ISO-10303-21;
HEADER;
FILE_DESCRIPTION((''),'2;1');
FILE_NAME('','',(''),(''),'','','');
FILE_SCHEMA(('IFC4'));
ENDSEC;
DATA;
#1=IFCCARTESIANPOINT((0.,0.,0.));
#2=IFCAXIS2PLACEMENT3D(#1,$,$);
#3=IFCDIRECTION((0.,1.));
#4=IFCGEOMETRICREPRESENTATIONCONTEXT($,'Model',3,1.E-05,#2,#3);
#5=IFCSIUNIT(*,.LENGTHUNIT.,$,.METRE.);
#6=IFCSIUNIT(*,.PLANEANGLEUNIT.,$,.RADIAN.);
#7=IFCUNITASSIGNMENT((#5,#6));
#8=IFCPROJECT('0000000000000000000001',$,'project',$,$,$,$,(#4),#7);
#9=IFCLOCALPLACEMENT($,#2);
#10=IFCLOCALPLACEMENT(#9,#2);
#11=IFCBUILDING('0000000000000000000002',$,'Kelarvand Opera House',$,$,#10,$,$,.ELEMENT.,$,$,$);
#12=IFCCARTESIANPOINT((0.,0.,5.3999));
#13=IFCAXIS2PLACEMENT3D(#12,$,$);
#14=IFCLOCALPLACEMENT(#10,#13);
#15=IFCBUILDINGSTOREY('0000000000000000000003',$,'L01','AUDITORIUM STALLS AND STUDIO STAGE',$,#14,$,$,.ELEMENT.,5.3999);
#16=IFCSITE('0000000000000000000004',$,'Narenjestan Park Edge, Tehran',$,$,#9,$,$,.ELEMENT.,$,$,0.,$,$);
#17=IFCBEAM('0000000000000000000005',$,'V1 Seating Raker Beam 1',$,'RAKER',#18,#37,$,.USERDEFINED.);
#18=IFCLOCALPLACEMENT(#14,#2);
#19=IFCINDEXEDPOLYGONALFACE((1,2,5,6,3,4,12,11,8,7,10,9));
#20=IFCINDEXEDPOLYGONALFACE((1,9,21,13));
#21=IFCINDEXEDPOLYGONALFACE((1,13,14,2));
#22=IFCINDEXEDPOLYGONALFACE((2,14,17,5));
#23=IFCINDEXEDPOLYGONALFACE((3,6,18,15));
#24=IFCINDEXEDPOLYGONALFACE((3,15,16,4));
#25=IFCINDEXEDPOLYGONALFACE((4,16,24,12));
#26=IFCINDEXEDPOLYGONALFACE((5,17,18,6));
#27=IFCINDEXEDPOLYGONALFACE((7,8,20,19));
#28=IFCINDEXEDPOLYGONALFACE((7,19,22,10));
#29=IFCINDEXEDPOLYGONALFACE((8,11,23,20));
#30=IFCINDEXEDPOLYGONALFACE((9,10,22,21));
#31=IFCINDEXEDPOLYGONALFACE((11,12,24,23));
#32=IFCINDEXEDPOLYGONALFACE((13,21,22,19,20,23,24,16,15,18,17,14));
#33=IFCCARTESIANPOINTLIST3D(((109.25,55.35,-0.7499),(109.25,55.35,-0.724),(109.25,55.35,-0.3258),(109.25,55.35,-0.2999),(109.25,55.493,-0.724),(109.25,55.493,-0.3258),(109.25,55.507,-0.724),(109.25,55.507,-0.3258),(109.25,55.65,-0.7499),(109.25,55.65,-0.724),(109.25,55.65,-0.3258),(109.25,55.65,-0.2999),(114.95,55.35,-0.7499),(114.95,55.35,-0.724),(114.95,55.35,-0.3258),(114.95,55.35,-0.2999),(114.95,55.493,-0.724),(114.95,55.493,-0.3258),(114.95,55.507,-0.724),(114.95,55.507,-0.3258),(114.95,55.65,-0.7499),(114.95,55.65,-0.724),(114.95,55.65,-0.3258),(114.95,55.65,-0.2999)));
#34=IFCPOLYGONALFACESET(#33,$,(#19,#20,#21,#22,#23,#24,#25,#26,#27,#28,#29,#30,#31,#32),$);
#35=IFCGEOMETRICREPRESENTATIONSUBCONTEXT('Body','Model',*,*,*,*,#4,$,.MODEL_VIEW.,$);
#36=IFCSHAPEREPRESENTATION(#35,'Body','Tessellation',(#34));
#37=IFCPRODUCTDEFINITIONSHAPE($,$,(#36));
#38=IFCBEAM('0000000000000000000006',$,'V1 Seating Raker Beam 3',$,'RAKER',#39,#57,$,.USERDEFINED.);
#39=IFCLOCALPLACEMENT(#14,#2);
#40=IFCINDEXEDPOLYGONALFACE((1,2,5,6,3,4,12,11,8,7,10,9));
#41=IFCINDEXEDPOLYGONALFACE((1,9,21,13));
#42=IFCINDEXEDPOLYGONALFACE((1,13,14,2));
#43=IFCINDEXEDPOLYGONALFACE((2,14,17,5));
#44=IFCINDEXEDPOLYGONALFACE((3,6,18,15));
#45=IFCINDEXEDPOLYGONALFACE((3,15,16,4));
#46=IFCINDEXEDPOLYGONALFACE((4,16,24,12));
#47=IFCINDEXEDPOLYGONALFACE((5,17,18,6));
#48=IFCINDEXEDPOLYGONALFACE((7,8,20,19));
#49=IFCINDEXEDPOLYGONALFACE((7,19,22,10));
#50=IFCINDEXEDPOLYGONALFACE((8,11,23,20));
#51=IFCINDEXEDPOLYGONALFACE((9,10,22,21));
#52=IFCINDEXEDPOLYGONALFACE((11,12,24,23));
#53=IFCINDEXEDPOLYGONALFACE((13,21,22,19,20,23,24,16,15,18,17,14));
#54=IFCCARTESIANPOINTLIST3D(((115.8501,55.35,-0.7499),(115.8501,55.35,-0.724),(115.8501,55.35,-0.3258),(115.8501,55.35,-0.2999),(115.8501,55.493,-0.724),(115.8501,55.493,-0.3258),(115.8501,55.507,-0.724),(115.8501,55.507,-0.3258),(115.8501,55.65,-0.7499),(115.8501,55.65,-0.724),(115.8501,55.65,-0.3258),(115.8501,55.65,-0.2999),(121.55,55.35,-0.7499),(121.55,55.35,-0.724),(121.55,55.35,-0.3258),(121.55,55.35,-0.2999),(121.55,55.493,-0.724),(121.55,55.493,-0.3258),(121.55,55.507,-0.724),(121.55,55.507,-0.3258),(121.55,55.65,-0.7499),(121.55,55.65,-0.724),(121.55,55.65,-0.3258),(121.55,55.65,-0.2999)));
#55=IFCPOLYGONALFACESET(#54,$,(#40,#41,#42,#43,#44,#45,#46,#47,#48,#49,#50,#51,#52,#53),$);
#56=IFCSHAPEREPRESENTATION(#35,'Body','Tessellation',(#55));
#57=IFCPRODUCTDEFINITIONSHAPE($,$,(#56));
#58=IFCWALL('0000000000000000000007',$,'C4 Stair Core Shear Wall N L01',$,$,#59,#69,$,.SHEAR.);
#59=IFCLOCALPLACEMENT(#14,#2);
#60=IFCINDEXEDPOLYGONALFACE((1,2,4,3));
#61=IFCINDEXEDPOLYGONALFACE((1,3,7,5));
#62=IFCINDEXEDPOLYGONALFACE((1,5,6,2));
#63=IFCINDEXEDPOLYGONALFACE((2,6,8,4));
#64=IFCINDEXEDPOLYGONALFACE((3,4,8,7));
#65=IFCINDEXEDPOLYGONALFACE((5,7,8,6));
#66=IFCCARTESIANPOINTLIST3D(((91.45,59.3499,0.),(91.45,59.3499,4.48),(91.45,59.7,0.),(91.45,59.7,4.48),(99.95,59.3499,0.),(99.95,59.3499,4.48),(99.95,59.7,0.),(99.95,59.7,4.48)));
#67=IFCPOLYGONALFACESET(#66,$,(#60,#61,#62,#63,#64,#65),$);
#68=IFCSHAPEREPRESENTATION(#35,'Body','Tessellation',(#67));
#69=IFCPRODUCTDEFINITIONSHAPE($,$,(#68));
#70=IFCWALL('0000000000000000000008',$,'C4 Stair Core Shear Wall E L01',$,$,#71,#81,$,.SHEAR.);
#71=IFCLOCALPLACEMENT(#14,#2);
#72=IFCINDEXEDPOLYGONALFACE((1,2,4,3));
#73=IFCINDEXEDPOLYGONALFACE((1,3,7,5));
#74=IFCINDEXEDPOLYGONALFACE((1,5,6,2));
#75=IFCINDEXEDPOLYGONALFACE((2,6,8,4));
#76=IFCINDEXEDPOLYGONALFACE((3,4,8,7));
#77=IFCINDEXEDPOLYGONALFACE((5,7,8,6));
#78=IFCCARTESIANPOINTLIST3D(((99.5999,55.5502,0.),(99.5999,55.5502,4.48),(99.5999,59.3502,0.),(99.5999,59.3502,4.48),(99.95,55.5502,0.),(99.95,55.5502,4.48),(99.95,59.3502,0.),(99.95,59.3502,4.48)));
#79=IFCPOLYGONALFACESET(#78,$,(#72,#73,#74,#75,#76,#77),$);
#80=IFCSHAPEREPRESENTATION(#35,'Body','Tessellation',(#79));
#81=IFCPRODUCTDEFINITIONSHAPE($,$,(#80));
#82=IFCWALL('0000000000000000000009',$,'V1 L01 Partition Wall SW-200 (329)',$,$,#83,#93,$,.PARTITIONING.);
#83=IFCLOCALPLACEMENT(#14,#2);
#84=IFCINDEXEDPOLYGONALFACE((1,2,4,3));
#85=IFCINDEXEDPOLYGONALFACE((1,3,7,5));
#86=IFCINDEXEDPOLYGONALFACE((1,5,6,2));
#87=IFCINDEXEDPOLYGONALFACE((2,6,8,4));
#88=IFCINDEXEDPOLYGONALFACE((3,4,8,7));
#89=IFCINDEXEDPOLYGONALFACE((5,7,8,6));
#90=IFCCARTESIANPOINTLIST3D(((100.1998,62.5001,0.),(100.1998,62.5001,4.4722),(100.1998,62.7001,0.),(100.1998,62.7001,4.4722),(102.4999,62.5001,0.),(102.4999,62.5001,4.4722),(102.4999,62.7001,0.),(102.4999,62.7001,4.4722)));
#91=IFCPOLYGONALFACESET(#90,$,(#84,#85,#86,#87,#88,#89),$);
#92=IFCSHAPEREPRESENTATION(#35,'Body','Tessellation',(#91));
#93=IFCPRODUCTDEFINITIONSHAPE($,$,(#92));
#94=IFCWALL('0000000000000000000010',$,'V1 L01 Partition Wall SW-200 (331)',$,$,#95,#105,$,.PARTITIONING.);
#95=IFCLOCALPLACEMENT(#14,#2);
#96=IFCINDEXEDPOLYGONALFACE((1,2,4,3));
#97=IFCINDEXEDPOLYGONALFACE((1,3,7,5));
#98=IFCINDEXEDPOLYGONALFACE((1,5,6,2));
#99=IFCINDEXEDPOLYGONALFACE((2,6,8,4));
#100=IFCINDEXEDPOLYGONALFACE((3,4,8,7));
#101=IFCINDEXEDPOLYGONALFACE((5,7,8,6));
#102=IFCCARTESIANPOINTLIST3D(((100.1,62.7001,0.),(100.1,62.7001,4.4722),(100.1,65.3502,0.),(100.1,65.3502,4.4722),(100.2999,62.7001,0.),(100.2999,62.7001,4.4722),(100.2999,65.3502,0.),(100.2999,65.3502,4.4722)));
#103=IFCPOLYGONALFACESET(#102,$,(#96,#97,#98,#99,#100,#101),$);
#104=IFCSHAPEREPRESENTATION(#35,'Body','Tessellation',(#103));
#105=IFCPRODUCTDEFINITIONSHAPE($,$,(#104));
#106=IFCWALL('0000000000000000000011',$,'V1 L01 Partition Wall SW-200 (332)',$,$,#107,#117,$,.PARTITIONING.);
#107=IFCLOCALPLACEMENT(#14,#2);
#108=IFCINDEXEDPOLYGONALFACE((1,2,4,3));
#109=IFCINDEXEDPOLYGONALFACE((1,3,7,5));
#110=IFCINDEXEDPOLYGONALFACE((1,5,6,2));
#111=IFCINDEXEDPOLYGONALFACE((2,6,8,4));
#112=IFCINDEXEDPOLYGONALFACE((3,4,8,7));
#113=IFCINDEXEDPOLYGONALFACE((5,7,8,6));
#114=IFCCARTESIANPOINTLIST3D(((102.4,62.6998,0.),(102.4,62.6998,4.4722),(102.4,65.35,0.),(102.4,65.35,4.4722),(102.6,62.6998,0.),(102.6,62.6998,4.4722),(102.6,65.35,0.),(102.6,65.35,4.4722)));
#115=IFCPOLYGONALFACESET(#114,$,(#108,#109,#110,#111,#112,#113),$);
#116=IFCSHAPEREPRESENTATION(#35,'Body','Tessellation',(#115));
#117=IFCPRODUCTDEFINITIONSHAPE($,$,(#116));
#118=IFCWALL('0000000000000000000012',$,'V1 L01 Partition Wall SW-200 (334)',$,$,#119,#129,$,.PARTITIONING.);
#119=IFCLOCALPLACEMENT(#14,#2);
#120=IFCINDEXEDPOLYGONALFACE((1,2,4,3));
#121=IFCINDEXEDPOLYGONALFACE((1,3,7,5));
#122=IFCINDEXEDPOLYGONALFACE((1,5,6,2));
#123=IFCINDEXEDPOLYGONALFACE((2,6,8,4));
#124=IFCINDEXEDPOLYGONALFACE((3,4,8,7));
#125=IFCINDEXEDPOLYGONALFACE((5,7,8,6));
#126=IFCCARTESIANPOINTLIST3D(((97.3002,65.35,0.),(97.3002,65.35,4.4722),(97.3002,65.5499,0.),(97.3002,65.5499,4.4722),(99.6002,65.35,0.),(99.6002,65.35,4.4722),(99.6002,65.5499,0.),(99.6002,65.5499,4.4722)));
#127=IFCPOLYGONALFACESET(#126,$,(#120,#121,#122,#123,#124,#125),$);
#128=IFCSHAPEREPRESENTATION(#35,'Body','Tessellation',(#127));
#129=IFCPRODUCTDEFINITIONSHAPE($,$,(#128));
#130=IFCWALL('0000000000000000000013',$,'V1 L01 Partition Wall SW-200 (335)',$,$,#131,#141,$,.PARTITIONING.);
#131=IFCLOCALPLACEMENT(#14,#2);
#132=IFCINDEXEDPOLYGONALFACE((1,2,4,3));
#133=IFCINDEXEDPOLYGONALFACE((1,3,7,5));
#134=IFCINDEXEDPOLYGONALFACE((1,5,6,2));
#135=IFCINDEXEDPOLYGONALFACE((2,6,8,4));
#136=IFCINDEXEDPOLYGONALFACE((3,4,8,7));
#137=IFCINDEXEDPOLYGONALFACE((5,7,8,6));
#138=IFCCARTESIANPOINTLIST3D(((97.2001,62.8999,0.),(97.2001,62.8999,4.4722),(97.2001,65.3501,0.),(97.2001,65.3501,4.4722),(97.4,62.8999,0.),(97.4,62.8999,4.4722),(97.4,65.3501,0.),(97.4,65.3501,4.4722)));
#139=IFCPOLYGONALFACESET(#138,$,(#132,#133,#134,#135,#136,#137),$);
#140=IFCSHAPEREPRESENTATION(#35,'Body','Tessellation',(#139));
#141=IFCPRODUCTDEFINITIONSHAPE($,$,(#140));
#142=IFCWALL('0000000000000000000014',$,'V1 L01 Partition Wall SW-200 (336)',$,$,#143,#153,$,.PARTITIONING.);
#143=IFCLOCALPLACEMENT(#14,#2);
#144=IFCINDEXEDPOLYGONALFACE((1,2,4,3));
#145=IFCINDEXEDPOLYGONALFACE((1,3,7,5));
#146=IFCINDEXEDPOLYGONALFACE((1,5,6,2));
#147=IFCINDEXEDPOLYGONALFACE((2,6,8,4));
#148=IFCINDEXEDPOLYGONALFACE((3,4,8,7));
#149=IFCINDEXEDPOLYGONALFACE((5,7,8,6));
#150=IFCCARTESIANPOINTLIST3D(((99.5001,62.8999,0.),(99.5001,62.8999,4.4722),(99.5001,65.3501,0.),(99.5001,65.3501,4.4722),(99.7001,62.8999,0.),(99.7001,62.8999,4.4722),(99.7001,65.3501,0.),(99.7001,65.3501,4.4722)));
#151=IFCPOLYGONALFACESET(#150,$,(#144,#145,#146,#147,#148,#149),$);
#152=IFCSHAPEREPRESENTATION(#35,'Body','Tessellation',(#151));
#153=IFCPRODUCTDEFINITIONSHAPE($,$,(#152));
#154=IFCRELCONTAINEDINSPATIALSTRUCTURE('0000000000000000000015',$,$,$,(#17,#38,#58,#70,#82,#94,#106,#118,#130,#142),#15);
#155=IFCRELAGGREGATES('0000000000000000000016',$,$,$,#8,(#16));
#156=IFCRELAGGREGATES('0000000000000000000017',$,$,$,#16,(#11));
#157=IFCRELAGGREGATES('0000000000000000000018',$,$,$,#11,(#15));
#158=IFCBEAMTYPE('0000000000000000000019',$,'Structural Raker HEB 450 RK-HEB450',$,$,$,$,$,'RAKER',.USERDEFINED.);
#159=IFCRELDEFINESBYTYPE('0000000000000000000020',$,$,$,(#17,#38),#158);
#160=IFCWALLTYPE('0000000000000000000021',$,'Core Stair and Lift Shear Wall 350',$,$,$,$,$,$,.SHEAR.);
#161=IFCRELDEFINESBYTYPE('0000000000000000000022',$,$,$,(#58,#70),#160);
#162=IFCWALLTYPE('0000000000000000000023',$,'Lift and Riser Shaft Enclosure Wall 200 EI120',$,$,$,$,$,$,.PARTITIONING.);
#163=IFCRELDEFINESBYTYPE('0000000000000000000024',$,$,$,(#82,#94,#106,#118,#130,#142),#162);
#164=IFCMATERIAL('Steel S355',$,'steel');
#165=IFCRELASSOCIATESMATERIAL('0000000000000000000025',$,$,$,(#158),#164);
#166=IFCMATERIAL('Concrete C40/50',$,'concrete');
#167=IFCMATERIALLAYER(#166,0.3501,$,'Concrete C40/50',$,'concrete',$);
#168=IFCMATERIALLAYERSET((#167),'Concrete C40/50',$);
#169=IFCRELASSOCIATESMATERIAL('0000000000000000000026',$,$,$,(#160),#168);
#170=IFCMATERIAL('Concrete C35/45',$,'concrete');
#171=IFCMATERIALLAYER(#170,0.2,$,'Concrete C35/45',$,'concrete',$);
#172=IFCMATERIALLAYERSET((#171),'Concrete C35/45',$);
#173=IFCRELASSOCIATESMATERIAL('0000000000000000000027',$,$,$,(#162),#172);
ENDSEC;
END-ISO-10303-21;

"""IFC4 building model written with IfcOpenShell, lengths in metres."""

from ifc_helpers import new_model, si_unit, direction, frame, frame_2d, origin, origin_2d, place, context, subcontext, project, spatial, rectangle, i_section, extrude, material, layer, layer_set, material_profile, profile_set, type_object, element, save


model = new_model("IFC4")

# Units and contexts
model_context = context("Model", 3, precision=1e-05, world=origin(), true_north=direction((0.0, 1.0)))
body_context = subcontext(model_context, "Body", "Model", "MODEL_VIEW")
ifc_project = project(units=[si_unit("LENGTHUNIT", "METRE"), si_unit("PLANEANGLEUNIT", "RADIAN")], contexts=[model_context])

# Site, building, storey
site_placement = place(None, origin())
site = spatial("IfcSite", under=ifc_project, at=site_placement, Name="Narenjestan Park Edge, Tehran", CompositionType="ELEMENT", RefElevation=0.0)
building_placement = place(site_placement, origin())
building = spatial("IfcBuilding", under=site, at=building_placement, Name="Kelarvand Opera House", CompositionType="ELEMENT")
storey_placement = place(building_placement, frame((0.0, 0.0, 5.3999)))
storey = spatial("IfcBuildingStorey", under=building, at=storey_placement, Name="L01", Description="AUDITORIUM STALLS AND STUDIO STAGE", CompositionType="ELEMENT", Elevation=5.3999)

# Shared definitions
ifc_material_1 = material(Name="Concrete C40/50", Category="concrete")

# Beams
ifc_material_2 = material(Name="Concrete C35/45", Category="concrete")
ifc_material_3 = material(Name="Steel S355", Category="steel")
ifc_material_profile_1 = material_profile(ifc_material_3, i_section(OverallWidth=0.3, OverallDepth=0.45, WebThickness=0.0139, FlangeThickness=0.0259, at=origin_2d()), Name="HEB 450", Category="steel")
ifc_profile_set_1 = profile_set([ifc_material_profile_1], Name="Steel S355")
beam_type_1 = type_object("IfcBeamType", Name="Structural Raker HEB 450 RK-HEB450", ElementType="RAKER", PredefinedType="USERDEFINED", material=ifc_profile_set_1)
for number, where, z_axis, x_axis, name in (
    (1, (109.25, 55.5, -0.5249), (1.0, 0.0, 0.0), (0.0, 1.0, 0.0), "V1 Seating Raker Beam 1"),
    (2, (115.8501, 55.5, -0.5249), (1.0, 0.0, 0.0), (0.0, 1.0, 0.0), "V1 Seating Raker Beam 3"),
):
    element("IfcBeam", number, at=place(storey_placement, frame(where, z_axis=z_axis, x_axis=x_axis)), inside=storey, type_object=beam_type_1, Name=name, ObjectType="RAKER", PredefinedType="USERDEFINED", context=body_context, shape_type="SweptSolid", body=[
        extrude(i_section(OverallWidth=0.3, OverallDepth=0.45, WebThickness=0.0139, FlangeThickness=0.0259, at=origin_2d()), origin(), (0.0, 0.0, 1.0), 5.7),
    ])

# Walls
ifc_layer_1 = layer(ifc_material_1, 0.3501, Name="Concrete C40/50", Category="concrete")
ifc_layer_set_1 = layer_set([ifc_layer_1], Name="Concrete C40/50")
wall_type_1 = type_object("IfcWallType", Name="Core Stair and Lift Shear Wall 350", PredefinedType="SHEAR", material=ifc_layer_set_1)
wall_1_placement = place(storey_placement, frame((99.95, 59.5249, 0.0), z_axis=(0.0, 0.0, 1.0), x_axis=(-1.0, 0.0, 0.0)))
element("IfcWall", 3, at=wall_1_placement, inside=storey, type_object=wall_type_1, Name="C4 Stair Core Shear Wall N L01", PredefinedType="SHEAR", context=body_context, shape_type="SweptSolid", body=[
    extrude(rectangle(XDim=8.5, YDim=0.3501, at=frame_2d((4.25, 0.0))), origin(), (0.0, 0.0, 1.0), 4.48),
])
wall_2_placement = place(storey_placement, frame((99.7749, 59.3501, 0.0), z_axis=(0.0, 0.0, 1.0), x_axis=(0.0, -1.0, 0.0)))
element("IfcWall", 4, at=wall_2_placement, inside=storey, type_object=wall_type_1, Name="C4 Stair Core Shear Wall E L01", PredefinedType="SHEAR", context=body_context, shape_type="SweptSolid", body=[
    extrude(rectangle(XDim=3.8, YDim=0.3501, at=frame_2d((1.8999, 0.0))), origin(), (0.0, 0.0, 1.0), 4.48),
])
ifc_layer_2 = layer(ifc_material_2, 0.2, Name="Concrete C35/45", Category="concrete")
ifc_layer_set_2 = layer_set([ifc_layer_2], Name="Concrete C35/45")
wall_type_2 = type_object("IfcWallType", Name="Lift and Riser Shaft Enclosure Wall 200 EI120", PredefinedType="PARTITIONING", material=ifc_layer_set_2)
wall_3_placement = place(storey_placement, frame((100.2, 62.6001, 0.0), z_axis=(0.0, 0.0, 1.0), x_axis=(1.0, 0.0, 0.0)))
element("IfcWall", 5, at=wall_3_placement, inside=storey, type_object=wall_type_2, Name="V1 L01 Partition Wall SW-200 (329)", PredefinedType="PARTITIONING", context=body_context, shape_type="SweptSolid", body=[
    extrude(rectangle(XDim=2.3, YDim=0.2, at=frame_2d((1.1499, 0.0))), origin(), (0.0, 0.0, 1.0), 4.4722),
])

# Walls
for number, where, z_axis, x_axis, name in (
    (6, (100.2, 62.7, 0.0), (0.0, 0.0, 1.0), (0.0, 1.0, 0.0), "V1 L01 Partition Wall SW-200 (331)"),
    (7, (102.5, 65.3501, 0.0), (0.0, 0.0, 1.0), (0.0, -1.0, 0.0), "V1 L01 Partition Wall SW-200 (332)"),
):
    element("IfcWall", number, at=place(storey_placement, frame(where, z_axis=z_axis, x_axis=x_axis)), inside=storey, type_object=wall_type_2, Name=name, PredefinedType="PARTITIONING", context=body_context, shape_type="SweptSolid", body=[
        extrude(rectangle(XDim=2.6501, YDim=0.2, at=frame_2d((1.3252, 0.0))), origin(), (0.0, 0.0, 1.0), 4.4722),
    ])

# Walls
wall_4_placement = place(storey_placement, frame((99.6001, 65.45, 0.0), z_axis=(0.0, 0.0, 1.0), x_axis=(-1.0, 0.0, 0.0)))
element("IfcWall", 8, at=wall_4_placement, inside=storey, type_object=wall_type_2, Name="V1 L01 Partition Wall SW-200 (334)", PredefinedType="PARTITIONING", context=body_context, shape_type="SweptSolid", body=[
    extrude(rectangle(XDim=2.3, YDim=0.2, at=frame_2d((1.1499, 0.0))), origin(), (0.0, 0.0, 1.0), 4.4722),
])
for number, where, z_axis, x_axis, name in (
    (9, (97.3, 62.8999, 0.0), (0.0, 0.0, 1.0), (0.0, 1.0, 0.0), "V1 L01 Partition Wall SW-200 (335)"),
    (10, (99.6001, 65.3501, 0.0), (0.0, 0.0, 1.0), (0.0, -1.0, 0.0), "V1 L01 Partition Wall SW-200 (336)"),
):
    element("IfcWall", number, at=place(storey_placement, frame(where, z_axis=z_axis, x_axis=x_axis)), inside=storey, type_object=wall_type_2, Name=name, PredefinedType="PARTITIONING", context=body_context, shape_type="SweptSolid", body=[
        extrude(rectangle(XDim=2.4502, YDim=0.2, at=frame_2d((1.2251, 0.0))), origin(), (0.0, 0.0, 1.0), 4.4722),
    ])

save(model, "model.ifc")
